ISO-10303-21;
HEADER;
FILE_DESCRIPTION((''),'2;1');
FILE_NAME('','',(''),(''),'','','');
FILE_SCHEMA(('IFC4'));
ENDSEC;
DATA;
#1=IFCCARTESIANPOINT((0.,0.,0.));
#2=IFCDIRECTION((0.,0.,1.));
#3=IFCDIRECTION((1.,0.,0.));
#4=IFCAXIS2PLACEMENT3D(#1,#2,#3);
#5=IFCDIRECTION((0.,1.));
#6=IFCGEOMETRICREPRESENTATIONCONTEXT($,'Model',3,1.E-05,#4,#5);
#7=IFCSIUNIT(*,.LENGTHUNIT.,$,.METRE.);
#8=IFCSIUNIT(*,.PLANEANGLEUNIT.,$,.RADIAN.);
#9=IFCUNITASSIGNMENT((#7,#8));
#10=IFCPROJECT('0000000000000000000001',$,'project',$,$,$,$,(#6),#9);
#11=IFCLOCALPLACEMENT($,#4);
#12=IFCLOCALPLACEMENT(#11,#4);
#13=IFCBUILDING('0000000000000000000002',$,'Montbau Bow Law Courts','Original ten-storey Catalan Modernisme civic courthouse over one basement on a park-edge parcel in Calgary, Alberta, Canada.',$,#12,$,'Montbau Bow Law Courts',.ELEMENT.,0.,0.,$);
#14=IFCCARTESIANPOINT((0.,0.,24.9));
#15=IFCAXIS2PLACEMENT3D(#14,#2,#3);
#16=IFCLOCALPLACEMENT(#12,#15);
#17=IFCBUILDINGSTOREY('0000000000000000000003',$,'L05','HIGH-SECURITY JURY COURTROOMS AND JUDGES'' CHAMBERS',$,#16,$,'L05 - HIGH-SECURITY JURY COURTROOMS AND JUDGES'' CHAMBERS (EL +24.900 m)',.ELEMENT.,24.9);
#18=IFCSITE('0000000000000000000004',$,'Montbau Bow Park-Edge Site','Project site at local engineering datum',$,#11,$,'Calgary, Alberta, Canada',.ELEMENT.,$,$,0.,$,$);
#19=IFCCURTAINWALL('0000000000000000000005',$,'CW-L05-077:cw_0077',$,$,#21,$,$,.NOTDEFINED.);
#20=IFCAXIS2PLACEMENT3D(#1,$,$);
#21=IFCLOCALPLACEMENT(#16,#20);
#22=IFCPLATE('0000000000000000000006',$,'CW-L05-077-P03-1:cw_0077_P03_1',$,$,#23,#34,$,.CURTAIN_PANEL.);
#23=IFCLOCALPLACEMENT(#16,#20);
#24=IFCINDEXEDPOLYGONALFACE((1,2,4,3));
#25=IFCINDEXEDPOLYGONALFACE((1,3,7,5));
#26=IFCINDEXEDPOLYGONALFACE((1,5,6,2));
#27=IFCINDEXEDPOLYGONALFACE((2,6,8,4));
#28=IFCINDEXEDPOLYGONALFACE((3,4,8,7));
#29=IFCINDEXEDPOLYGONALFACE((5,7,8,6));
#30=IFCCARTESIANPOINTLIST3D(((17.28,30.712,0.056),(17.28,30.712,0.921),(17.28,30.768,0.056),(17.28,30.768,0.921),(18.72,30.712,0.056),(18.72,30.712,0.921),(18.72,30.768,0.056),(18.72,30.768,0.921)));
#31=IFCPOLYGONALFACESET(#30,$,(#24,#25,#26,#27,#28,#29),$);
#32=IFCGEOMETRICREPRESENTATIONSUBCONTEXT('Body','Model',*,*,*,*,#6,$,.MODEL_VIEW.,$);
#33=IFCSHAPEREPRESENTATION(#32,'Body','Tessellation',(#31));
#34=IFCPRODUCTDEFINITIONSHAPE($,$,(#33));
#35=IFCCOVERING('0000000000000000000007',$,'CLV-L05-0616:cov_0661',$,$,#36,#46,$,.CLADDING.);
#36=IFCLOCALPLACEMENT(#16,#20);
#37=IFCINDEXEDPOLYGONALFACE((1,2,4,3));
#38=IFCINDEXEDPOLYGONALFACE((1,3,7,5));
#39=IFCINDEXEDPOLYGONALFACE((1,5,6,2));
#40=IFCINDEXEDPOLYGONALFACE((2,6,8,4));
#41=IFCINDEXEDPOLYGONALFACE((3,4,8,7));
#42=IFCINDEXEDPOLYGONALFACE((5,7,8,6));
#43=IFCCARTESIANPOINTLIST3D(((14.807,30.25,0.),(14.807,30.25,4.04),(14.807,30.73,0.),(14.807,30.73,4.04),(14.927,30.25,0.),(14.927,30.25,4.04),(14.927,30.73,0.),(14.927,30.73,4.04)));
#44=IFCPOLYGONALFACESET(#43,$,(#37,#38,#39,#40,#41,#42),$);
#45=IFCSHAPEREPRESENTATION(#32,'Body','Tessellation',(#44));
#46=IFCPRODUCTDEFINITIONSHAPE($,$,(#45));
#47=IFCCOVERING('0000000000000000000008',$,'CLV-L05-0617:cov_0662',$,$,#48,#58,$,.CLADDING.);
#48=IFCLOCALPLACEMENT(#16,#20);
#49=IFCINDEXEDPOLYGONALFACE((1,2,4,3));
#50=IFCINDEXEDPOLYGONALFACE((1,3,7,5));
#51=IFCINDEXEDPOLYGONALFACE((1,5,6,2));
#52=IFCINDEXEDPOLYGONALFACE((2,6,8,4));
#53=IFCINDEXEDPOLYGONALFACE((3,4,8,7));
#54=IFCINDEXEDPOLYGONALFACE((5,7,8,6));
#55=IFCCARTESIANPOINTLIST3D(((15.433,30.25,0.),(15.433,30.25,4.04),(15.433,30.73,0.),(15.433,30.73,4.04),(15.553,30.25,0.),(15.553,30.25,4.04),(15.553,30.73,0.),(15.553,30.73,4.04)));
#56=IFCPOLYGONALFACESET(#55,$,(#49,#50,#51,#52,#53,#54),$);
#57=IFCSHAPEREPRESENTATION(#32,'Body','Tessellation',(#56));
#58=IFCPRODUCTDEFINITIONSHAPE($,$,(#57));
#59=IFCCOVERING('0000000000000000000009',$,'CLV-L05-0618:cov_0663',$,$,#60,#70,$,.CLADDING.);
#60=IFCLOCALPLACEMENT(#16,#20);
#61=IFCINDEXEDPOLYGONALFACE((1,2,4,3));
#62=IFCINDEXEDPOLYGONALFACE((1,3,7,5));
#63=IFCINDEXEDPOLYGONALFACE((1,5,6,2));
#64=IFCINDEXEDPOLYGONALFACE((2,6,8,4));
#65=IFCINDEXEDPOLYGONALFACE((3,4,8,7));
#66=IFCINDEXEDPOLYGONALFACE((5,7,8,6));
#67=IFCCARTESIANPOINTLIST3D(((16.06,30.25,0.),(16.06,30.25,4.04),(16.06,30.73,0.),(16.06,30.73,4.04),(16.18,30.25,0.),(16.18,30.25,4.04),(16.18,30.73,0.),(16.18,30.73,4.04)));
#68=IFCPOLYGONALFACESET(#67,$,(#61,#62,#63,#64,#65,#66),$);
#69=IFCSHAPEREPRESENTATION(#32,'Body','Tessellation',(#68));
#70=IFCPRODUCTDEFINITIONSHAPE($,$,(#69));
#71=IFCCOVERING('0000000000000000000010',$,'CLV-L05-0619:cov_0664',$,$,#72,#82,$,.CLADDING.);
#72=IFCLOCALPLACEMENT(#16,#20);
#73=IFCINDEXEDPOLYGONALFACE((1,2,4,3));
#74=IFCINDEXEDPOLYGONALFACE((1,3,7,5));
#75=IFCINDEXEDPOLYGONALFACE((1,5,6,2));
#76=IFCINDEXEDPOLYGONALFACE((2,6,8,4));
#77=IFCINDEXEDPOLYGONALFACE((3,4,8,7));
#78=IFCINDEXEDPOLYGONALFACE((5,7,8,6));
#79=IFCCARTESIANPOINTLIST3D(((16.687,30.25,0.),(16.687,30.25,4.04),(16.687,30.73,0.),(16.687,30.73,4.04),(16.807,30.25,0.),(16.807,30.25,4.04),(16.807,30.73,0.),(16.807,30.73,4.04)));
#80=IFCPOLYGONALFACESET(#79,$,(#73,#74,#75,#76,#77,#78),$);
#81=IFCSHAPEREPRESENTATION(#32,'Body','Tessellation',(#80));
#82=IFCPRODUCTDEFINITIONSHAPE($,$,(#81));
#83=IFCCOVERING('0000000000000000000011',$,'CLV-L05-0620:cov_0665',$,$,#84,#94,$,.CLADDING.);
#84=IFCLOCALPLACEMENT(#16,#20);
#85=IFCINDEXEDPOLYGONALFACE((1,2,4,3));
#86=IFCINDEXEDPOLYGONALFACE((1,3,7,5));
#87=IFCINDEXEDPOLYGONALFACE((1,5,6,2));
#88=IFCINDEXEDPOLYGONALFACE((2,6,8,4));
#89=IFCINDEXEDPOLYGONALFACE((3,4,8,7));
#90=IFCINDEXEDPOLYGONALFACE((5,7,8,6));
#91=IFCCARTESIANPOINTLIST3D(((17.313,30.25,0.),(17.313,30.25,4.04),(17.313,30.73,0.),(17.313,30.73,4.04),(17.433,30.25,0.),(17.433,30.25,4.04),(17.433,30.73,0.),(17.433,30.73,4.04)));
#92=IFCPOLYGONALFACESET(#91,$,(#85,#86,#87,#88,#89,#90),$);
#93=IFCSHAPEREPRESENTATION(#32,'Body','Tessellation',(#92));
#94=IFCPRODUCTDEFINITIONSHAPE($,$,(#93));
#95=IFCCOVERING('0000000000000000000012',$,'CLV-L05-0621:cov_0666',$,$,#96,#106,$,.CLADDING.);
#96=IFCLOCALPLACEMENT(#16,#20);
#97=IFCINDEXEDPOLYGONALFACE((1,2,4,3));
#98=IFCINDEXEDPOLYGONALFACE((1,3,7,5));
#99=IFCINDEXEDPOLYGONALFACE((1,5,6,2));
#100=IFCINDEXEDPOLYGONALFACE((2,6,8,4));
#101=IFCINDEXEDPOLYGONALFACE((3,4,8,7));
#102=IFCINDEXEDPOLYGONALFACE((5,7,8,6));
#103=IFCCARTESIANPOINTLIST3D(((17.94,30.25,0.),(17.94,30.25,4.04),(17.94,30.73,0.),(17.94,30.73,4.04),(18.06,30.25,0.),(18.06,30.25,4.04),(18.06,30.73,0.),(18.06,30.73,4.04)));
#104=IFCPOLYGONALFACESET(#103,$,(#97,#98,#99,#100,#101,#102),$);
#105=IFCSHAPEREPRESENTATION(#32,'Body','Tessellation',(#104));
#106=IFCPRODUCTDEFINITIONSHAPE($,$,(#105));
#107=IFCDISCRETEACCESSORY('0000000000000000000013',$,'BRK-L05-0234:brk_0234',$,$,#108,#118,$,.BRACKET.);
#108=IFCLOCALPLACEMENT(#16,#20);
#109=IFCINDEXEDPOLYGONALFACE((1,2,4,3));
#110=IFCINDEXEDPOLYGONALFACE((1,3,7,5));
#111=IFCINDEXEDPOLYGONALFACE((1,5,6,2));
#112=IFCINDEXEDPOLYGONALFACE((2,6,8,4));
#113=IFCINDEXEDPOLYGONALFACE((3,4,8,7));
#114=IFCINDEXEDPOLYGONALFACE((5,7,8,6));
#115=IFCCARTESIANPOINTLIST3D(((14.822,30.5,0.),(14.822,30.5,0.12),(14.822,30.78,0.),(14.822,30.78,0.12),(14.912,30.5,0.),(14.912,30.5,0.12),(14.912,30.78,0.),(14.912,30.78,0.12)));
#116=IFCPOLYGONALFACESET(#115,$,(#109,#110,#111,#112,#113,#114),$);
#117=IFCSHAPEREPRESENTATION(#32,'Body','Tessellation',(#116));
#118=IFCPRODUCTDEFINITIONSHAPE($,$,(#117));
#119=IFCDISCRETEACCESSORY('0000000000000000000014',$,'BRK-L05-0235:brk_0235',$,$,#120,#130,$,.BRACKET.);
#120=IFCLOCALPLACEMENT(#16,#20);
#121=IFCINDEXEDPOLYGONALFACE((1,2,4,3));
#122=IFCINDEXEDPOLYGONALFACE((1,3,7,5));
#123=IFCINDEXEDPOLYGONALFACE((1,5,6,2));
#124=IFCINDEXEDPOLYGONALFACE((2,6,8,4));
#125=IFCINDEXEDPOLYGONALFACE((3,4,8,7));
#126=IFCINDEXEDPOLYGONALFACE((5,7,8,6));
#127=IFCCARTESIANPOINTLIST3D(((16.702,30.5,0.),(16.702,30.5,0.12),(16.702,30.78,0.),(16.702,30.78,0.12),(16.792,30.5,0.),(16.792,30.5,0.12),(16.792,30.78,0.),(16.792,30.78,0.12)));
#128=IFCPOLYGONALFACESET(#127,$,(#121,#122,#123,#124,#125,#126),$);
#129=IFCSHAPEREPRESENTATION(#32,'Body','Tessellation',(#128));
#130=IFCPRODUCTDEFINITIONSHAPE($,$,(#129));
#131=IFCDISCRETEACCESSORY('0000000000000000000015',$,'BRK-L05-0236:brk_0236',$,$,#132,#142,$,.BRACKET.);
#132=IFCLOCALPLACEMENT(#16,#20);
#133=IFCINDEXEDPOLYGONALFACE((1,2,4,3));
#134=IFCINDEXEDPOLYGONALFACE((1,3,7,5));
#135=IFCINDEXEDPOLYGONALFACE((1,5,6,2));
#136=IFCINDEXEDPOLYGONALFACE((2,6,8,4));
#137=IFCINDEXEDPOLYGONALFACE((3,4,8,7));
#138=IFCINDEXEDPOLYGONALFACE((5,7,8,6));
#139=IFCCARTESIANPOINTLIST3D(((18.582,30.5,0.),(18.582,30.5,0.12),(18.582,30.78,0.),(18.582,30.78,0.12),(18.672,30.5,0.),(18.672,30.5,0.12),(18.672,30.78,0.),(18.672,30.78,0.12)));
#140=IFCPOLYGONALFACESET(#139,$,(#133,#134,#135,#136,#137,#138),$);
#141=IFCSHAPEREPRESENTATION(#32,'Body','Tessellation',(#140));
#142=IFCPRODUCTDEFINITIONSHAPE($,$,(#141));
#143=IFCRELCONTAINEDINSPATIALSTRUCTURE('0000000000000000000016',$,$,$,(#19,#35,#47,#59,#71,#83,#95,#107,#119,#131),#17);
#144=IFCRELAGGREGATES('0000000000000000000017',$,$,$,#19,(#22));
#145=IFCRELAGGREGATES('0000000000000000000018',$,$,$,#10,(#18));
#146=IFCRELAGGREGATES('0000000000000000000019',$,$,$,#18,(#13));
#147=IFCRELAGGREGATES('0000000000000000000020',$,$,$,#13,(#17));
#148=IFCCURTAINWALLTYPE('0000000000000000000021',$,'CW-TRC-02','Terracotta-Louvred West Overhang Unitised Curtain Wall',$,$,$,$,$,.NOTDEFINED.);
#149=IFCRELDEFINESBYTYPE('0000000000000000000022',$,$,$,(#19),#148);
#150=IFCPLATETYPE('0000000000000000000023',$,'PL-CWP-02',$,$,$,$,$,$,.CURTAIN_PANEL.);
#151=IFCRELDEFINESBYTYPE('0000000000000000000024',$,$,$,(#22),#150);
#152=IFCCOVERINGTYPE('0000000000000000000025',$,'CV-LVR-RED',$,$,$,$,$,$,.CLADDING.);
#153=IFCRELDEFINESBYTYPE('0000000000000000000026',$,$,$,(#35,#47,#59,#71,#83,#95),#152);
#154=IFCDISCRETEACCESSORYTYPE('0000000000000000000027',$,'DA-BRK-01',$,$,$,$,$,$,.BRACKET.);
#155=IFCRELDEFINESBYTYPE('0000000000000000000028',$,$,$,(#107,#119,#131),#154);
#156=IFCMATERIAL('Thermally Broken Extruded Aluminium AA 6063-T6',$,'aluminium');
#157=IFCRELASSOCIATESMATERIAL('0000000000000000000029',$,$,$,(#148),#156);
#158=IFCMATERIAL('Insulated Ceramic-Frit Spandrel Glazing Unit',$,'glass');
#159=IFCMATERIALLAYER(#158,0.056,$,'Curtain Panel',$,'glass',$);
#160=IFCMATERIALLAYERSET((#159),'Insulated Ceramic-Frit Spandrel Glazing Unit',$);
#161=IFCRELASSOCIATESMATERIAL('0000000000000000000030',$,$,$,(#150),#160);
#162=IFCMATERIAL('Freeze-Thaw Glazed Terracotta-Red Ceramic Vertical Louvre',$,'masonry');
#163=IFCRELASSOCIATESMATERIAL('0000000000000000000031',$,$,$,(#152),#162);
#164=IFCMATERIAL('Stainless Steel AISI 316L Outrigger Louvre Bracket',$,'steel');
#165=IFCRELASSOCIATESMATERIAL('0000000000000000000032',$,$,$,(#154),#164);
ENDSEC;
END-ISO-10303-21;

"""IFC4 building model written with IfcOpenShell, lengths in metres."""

from ifc_helpers import new_model, si_unit, direction, frame, frame_2d, origin_with_axes, origin_2d_with_axis, place, context, subcontext, project, spatial, rectangle, extrude, material, layer, layer_set, type_object, element, aggregate, save


model = new_model("IFC4")

# Units and contexts
model_context = context("Model", 3, precision=1e-05, world=origin_with_axes(), true_north=direction((0.0, 1.0)))
body_context = subcontext(model_context, "Body", "Model", "MODEL_VIEW")
ifc_project = project(units=[si_unit("LENGTHUNIT", "METRE"), si_unit("PLANEANGLEUNIT", "RADIAN")], contexts=[model_context])

# Site, building, storey
site_placement = place(None, origin_with_axes())
site = spatial("IfcSite", under=ifc_project, at=site_placement, Name="Montbau Bow Park-Edge Site", Description="Project site at local engineering datum", LongName="Calgary, Alberta, Canada", CompositionType="ELEMENT", RefElevation=0.0)
building_placement = place(site_placement, origin_with_axes())
building = spatial("IfcBuilding", under=site, at=building_placement, Name="Montbau Bow Law Courts", Description="Original ten-storey Catalan Modernisme civic courthouse over one basement on a park-edge parcel in Calgary, Alberta, Canada.", LongName="Montbau Bow Law Courts", CompositionType="ELEMENT", ElevationOfRefHeight=0.0, ElevationOfTerrain=0.0)
storey_placement = place(building_placement, frame((0.0, 0.0, 24.9), z_axis=(0.0, 0.0, 1.0), x_axis=(1.0, 0.0, 0.0)))
storey = spatial("IfcBuildingStorey", under=building, at=storey_placement, Name="L05", Description="HIGH-SECURITY JURY COURTROOMS AND JUDGES' CHAMBERS", LongName="L05 - HIGH-SECURITY JURY COURTROOMS AND JUDGES' CHAMBERS (EL +24.900 m)", CompositionType="ELEMENT", Elevation=24.9)

# Curtain wall, plate
ifc_material_1 = material(Name="Thermally Broken Extruded Aluminium AA 6063-T6", Category="aluminium")
curtain_wall_type = type_object("IfcCurtainWallType", Name="CW-TRC-02", Description="Terracotta-Louvred West Overhang Unitised Curtain Wall", PredefinedType="NOTDEFINED", material=ifc_material_1)
curtain_wall_placement = place(None, frame((14.24, 30.74, 24.9), z_axis=(0.0, 0.0, 1.0), x_axis=(1.0, 0.0, 0.0)))
curtain_wall = element("IfcCurtainWall", 1, at=curtain_wall_placement, inside=storey, type_object=curtain_wall_type, Name="CW-L05-077:cw_0077", PredefinedType="NOTDEFINED")
ifc_material_2 = material(Name="Insulated Ceramic-Frit Spandrel Glazing Unit", Category="glass")
ifc_layer_1 = layer(ifc_material_2, 0.056, Name="Curtain Panel", Category="glass")
ifc_layer_set_1 = layer_set([ifc_layer_1], Name="Insulated Ceramic-Frit Spandrel Glazing Unit")
plate_type_1 = type_object("IfcPlateType", Name="PL-CWP-02", PredefinedType="CURTAIN_PANEL", material=ifc_layer_set_1)
plate_1_placement = place(None, frame((17.28, 30.74, 24.956), z_axis=(0.0, -1.0, 0.0), x_axis=(1.0, 0.0, 0.0)))
plate_1 = element("IfcPlate", 2, at=plate_1_placement, type_object=plate_type_1, Name="CW-L05-077-P03-1:cw_0077_P03_1", PredefinedType="CURTAIN_PANEL", context=body_context, shape_type="SweptSolid", body=[
    extrude(rectangle(XDim=1.44, YDim=0.865, at=frame_2d((0.72, 0.4325), x_axis=(1.0, 0.0))), frame((0.0, 0.0, -0.028), z_axis=(0.0, 0.0, 1.0), x_axis=(1.0, 0.0, 0.0)), (0.0, 0.0, 1.0), 0.056),
])
aggregate(curtain_wall, [plate_1])

# Coverings
ifc_material_3 = material(Name="Freeze-Thaw Glazed Terracotta-Red Ceramic Vertical Louvre", Category="masonry")
covering_type = type_object("IfcCoveringType", Name="CV-LVR-RED", PredefinedType="CLADDING", material=ifc_material_3)
for number, where, z_axis, x_axis, name in (
    (3, (14.867, 30.73, 24.9), (-1.0, 0.0, 0.0), (0.0, -1.0, 0.0), "CLV-L05-0616:cov_0661"),
    (4, (15.493, 30.73, 24.9), (-1.0, 0.0, 0.0), (0.0, -1.0, 0.0), "CLV-L05-0617:cov_0662"),
    (5, (16.12, 30.73, 24.9), (-1.0, 0.0, 0.0), (0.0, -1.0, 0.0), "CLV-L05-0618:cov_0663"),
    (6, (16.747, 30.73, 24.9), (-1.0, 0.0, 0.0), (0.0, -1.0, 0.0), "CLV-L05-0619:cov_0664"),
    (7, (17.373, 30.73, 24.9), (-1.0, 0.0, 0.0), (0.0, -1.0, 0.0), "CLV-L05-0620:cov_0665"),
    (8, (18.0, 30.73, 24.9), (-1.0, 0.0, 0.0), (0.0, -1.0, 0.0), "CLV-L05-0621:cov_0666"),
):
    element("IfcCovering", number, at=place(None, frame(where, z_axis=z_axis, x_axis=x_axis)), inside=storey, type_object=covering_type, Name=name, PredefinedType="CLADDING", context=body_context, shape_type="SweptSolid", body=[
        extrude(rectangle(XDim=0.48, YDim=4.04, at=frame_2d((0.24, 2.02), x_axis=(1.0, 0.0))), frame((0.0, 0.0, -0.06), z_axis=(0.0, 0.0, 1.0), x_axis=(1.0, 0.0, 0.0)), (0.0, 0.0, 1.0), 0.12),
    ])

# Discrete accessories
ifc_material_4 = material(Name="Stainless Steel AISI 316L Outrigger Louvre Bracket", Category="steel")
discrete_accessory_type = type_object("IfcDiscreteAccessoryType", Name="DA-BRK-01", PredefinedType="BRACKET", material=ifc_material_4)
for number, where, z_axis, x_axis, name in (
    (9, (14.867, 30.64, 24.9), (0.0, 0.0, 1.0), (0.0, -1.0, 0.0), "BRK-L05-0234:brk_0234"),
    (10, (16.747, 30.64, 24.9), (0.0, 0.0, 1.0), (0.0, -1.0, 0.0), "BRK-L05-0235:brk_0235"),
    (11, (18.627, 30.64, 24.9), (0.0, 0.0, 1.0), (0.0, -1.0, 0.0), "BRK-L05-0236:brk_0236"),
):
    element("IfcDiscreteAccessory", number, at=place(None, frame(where, z_axis=z_axis, x_axis=x_axis)), inside=storey, type_object=discrete_accessory_type, Name=name, PredefinedType="BRACKET", context=body_context, shape_type="SweptSolid", body=[
        extrude(rectangle(XDim=0.28, YDim=0.09, at=origin_2d_with_axis()), origin_with_axes(), (0.0, 0.0, 1.0), 0.12),
    ])

save(model, "model.ifc")
